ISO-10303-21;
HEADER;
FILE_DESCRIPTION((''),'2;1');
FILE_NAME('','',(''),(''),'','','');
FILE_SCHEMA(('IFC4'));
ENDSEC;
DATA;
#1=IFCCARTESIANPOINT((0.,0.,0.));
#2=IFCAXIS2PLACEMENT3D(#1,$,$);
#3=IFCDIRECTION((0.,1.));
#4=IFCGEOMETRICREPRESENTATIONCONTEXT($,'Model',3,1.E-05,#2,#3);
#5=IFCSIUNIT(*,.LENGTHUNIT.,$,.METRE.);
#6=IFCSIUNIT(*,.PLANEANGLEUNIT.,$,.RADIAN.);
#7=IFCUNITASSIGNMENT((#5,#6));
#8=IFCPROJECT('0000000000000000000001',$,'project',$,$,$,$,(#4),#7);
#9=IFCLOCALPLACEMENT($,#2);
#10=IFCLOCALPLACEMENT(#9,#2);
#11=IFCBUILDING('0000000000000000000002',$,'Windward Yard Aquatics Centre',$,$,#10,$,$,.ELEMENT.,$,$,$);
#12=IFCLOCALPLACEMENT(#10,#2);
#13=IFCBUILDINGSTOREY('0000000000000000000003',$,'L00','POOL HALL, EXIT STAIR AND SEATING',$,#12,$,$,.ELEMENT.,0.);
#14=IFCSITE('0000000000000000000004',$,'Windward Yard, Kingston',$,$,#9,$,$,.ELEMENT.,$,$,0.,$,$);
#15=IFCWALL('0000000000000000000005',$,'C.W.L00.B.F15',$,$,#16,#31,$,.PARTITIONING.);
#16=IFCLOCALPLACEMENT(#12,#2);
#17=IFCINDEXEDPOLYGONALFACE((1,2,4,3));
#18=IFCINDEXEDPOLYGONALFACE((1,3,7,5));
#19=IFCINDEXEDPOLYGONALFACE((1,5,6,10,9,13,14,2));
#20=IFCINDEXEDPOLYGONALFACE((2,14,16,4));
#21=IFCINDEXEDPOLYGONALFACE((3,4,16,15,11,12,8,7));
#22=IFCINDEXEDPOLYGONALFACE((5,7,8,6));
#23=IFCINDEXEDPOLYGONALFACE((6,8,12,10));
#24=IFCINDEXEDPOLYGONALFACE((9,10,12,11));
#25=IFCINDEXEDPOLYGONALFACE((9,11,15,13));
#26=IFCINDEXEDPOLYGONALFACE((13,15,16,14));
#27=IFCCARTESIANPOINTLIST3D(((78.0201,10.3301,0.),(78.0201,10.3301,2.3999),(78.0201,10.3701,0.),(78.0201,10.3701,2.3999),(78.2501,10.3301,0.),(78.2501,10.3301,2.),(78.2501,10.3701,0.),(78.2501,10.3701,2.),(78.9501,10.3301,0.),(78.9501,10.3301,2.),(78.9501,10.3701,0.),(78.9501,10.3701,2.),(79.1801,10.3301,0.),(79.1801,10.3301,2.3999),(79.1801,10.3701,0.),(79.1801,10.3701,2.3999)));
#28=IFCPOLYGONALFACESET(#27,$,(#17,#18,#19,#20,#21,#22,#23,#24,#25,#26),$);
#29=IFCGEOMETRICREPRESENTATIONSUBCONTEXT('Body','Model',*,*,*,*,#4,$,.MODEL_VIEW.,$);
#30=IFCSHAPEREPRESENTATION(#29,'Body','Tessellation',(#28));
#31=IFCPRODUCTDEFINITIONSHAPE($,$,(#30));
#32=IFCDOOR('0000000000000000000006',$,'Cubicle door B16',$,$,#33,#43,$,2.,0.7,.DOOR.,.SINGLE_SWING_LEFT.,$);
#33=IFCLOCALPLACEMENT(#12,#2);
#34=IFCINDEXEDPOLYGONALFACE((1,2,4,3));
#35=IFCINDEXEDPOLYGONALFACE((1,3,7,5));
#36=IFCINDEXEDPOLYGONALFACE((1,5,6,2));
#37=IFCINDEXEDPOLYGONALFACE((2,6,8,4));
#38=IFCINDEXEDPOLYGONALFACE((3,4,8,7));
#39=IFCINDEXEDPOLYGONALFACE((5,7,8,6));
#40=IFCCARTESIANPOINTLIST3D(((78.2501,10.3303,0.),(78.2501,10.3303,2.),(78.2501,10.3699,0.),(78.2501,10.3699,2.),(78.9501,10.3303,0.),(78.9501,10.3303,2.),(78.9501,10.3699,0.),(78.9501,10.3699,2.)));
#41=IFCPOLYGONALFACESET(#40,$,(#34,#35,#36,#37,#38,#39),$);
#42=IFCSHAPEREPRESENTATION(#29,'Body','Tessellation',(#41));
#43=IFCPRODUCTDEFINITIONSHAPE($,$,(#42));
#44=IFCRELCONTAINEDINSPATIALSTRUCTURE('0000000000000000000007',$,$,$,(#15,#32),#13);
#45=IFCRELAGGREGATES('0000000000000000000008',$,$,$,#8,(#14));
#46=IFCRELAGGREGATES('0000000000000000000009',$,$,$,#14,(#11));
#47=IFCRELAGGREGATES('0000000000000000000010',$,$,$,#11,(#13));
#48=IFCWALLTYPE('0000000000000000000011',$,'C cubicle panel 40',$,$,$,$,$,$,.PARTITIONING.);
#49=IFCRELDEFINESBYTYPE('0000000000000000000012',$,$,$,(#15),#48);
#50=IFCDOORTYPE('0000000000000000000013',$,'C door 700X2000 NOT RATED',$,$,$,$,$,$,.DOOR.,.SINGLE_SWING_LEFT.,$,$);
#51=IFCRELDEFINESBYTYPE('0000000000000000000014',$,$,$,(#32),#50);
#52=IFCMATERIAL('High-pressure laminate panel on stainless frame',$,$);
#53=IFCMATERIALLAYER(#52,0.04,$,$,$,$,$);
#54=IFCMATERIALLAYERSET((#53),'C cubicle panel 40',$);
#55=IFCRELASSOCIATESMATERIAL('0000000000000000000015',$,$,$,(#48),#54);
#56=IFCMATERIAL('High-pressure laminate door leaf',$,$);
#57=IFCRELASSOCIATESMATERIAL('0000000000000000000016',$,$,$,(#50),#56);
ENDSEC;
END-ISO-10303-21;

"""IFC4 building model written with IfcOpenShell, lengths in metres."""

from ifc_helpers import new_model, si_unit, direction, frame, frame_2d, origin, place, context, subcontext, project, spatial, rectangle, extrude, material, layer, layer_set, type_object, element, fill, save


model = new_model("IFC4")

# Units and contexts
model_context = context("Model", 3, precision=1e-05, world=origin(), true_north=direction((0.0, 1.0)))
body_context = subcontext(model_context, "Body", "Model", "MODEL_VIEW")
ifc_project = project(units=[si_unit("LENGTHUNIT", "METRE"), si_unit("PLANEANGLEUNIT", "RADIAN")], contexts=[model_context])

# Site, building, storey
site_placement = place(None, origin())
site = spatial("IfcSite", under=ifc_project, at=site_placement, Name="Windward Yard, Kingston", CompositionType="ELEMENT", RefElevation=0.0)
building_placement = place(site_placement, origin())
building = spatial("IfcBuilding", under=site, at=building_placement, Name="Windward Yard Aquatics Centre", CompositionType="ELEMENT")
storey_placement = place(building_placement, origin())
storey = spatial("IfcBuildingStorey", under=building, at=storey_placement, Name="L00", Description="POOL HALL, EXIT STAIR AND SEATING", CompositionType="ELEMENT", Elevation=0.0)

# Shared definitions
ifc_material_1 = material(Name="High-pressure laminate panel on stainless frame")
ifc_layer = layer(ifc_material_1, 0.04)
ifc_layer_set = layer_set([ifc_layer], Name="C cubicle panel 40")
wall_type = type_object("IfcWallType", Name="C cubicle panel 40", PredefinedType="PARTITIONING", material=ifc_layer_set)

# Wall, opening, door
ifc_material_2 = material(Name="High-pressure laminate door leaf")
door_type = type_object("IfcDoorType", Name="C door 700X2000 NOT RATED", OperationType="SINGLE_SWING_LEFT", PredefinedType="DOOR", material=ifc_material_2)
wall_1_placement = place(storey_placement, frame((78.02, 10.3501, 0.0), z_axis=(0.0, 0.0, 1.0), x_axis=(1.0, 0.0, 0.0)))
wall_1 = element("IfcWall", 1, at=wall_1_placement, inside=storey, type_object=wall_type, Name="C.W.L00.B.F15", PredefinedType="PARTITIONING", context=body_context, shape_type="SweptSolid", body=[
    extrude(rectangle(XDim=1.1599, YDim=0.04, at=frame_2d((0.5801, 0.0))), origin(), (0.0, 0.0, 1.0), 2.3999),
])
opening_1_placement = place(wall_1_placement, frame((0.23, 0.0, 0.0)))
opening_1 = element("IfcOpeningElement", 2, at=opening_1_placement, cuts=wall_1, PredefinedType="OPENING", context=body_context, shape_type="SweptSolid", body=[
    extrude(rectangle(XDim=0.7, YDim=2.0, at=frame_2d((0.3501, 1.0))), frame((0.0, 0.03, 0.0), z_axis=(0.0, -1.0, 0.0), x_axis=(1.0, 0.0, 0.0)), (0.0, 0.0, 1.0), 0.0601),
])
door_1_placement = place(opening_1_placement, origin())
door_1 = element("IfcDoor", 3, at=door_1_placement, inside=storey, type_object=door_type, Name="Cubicle door B16", OperationType="SINGLE_SWING_LEFT", OverallHeight=2.0, OverallWidth=0.7, PredefinedType="DOOR", context=body_context, shape_type="SweptSolid", body=[
    extrude(rectangle(XDim=0.7, YDim=2.0, at=frame_2d((0.3501, 1.0))), frame((0.0, 0.0198, 0.0), z_axis=(0.0, -1.0, 0.0), x_axis=(1.0, 0.0, 0.0)), (0.0, 0.0, 1.0), 0.0396),
])
fill(opening_1, door_1)

save(model, "model.ifc")
